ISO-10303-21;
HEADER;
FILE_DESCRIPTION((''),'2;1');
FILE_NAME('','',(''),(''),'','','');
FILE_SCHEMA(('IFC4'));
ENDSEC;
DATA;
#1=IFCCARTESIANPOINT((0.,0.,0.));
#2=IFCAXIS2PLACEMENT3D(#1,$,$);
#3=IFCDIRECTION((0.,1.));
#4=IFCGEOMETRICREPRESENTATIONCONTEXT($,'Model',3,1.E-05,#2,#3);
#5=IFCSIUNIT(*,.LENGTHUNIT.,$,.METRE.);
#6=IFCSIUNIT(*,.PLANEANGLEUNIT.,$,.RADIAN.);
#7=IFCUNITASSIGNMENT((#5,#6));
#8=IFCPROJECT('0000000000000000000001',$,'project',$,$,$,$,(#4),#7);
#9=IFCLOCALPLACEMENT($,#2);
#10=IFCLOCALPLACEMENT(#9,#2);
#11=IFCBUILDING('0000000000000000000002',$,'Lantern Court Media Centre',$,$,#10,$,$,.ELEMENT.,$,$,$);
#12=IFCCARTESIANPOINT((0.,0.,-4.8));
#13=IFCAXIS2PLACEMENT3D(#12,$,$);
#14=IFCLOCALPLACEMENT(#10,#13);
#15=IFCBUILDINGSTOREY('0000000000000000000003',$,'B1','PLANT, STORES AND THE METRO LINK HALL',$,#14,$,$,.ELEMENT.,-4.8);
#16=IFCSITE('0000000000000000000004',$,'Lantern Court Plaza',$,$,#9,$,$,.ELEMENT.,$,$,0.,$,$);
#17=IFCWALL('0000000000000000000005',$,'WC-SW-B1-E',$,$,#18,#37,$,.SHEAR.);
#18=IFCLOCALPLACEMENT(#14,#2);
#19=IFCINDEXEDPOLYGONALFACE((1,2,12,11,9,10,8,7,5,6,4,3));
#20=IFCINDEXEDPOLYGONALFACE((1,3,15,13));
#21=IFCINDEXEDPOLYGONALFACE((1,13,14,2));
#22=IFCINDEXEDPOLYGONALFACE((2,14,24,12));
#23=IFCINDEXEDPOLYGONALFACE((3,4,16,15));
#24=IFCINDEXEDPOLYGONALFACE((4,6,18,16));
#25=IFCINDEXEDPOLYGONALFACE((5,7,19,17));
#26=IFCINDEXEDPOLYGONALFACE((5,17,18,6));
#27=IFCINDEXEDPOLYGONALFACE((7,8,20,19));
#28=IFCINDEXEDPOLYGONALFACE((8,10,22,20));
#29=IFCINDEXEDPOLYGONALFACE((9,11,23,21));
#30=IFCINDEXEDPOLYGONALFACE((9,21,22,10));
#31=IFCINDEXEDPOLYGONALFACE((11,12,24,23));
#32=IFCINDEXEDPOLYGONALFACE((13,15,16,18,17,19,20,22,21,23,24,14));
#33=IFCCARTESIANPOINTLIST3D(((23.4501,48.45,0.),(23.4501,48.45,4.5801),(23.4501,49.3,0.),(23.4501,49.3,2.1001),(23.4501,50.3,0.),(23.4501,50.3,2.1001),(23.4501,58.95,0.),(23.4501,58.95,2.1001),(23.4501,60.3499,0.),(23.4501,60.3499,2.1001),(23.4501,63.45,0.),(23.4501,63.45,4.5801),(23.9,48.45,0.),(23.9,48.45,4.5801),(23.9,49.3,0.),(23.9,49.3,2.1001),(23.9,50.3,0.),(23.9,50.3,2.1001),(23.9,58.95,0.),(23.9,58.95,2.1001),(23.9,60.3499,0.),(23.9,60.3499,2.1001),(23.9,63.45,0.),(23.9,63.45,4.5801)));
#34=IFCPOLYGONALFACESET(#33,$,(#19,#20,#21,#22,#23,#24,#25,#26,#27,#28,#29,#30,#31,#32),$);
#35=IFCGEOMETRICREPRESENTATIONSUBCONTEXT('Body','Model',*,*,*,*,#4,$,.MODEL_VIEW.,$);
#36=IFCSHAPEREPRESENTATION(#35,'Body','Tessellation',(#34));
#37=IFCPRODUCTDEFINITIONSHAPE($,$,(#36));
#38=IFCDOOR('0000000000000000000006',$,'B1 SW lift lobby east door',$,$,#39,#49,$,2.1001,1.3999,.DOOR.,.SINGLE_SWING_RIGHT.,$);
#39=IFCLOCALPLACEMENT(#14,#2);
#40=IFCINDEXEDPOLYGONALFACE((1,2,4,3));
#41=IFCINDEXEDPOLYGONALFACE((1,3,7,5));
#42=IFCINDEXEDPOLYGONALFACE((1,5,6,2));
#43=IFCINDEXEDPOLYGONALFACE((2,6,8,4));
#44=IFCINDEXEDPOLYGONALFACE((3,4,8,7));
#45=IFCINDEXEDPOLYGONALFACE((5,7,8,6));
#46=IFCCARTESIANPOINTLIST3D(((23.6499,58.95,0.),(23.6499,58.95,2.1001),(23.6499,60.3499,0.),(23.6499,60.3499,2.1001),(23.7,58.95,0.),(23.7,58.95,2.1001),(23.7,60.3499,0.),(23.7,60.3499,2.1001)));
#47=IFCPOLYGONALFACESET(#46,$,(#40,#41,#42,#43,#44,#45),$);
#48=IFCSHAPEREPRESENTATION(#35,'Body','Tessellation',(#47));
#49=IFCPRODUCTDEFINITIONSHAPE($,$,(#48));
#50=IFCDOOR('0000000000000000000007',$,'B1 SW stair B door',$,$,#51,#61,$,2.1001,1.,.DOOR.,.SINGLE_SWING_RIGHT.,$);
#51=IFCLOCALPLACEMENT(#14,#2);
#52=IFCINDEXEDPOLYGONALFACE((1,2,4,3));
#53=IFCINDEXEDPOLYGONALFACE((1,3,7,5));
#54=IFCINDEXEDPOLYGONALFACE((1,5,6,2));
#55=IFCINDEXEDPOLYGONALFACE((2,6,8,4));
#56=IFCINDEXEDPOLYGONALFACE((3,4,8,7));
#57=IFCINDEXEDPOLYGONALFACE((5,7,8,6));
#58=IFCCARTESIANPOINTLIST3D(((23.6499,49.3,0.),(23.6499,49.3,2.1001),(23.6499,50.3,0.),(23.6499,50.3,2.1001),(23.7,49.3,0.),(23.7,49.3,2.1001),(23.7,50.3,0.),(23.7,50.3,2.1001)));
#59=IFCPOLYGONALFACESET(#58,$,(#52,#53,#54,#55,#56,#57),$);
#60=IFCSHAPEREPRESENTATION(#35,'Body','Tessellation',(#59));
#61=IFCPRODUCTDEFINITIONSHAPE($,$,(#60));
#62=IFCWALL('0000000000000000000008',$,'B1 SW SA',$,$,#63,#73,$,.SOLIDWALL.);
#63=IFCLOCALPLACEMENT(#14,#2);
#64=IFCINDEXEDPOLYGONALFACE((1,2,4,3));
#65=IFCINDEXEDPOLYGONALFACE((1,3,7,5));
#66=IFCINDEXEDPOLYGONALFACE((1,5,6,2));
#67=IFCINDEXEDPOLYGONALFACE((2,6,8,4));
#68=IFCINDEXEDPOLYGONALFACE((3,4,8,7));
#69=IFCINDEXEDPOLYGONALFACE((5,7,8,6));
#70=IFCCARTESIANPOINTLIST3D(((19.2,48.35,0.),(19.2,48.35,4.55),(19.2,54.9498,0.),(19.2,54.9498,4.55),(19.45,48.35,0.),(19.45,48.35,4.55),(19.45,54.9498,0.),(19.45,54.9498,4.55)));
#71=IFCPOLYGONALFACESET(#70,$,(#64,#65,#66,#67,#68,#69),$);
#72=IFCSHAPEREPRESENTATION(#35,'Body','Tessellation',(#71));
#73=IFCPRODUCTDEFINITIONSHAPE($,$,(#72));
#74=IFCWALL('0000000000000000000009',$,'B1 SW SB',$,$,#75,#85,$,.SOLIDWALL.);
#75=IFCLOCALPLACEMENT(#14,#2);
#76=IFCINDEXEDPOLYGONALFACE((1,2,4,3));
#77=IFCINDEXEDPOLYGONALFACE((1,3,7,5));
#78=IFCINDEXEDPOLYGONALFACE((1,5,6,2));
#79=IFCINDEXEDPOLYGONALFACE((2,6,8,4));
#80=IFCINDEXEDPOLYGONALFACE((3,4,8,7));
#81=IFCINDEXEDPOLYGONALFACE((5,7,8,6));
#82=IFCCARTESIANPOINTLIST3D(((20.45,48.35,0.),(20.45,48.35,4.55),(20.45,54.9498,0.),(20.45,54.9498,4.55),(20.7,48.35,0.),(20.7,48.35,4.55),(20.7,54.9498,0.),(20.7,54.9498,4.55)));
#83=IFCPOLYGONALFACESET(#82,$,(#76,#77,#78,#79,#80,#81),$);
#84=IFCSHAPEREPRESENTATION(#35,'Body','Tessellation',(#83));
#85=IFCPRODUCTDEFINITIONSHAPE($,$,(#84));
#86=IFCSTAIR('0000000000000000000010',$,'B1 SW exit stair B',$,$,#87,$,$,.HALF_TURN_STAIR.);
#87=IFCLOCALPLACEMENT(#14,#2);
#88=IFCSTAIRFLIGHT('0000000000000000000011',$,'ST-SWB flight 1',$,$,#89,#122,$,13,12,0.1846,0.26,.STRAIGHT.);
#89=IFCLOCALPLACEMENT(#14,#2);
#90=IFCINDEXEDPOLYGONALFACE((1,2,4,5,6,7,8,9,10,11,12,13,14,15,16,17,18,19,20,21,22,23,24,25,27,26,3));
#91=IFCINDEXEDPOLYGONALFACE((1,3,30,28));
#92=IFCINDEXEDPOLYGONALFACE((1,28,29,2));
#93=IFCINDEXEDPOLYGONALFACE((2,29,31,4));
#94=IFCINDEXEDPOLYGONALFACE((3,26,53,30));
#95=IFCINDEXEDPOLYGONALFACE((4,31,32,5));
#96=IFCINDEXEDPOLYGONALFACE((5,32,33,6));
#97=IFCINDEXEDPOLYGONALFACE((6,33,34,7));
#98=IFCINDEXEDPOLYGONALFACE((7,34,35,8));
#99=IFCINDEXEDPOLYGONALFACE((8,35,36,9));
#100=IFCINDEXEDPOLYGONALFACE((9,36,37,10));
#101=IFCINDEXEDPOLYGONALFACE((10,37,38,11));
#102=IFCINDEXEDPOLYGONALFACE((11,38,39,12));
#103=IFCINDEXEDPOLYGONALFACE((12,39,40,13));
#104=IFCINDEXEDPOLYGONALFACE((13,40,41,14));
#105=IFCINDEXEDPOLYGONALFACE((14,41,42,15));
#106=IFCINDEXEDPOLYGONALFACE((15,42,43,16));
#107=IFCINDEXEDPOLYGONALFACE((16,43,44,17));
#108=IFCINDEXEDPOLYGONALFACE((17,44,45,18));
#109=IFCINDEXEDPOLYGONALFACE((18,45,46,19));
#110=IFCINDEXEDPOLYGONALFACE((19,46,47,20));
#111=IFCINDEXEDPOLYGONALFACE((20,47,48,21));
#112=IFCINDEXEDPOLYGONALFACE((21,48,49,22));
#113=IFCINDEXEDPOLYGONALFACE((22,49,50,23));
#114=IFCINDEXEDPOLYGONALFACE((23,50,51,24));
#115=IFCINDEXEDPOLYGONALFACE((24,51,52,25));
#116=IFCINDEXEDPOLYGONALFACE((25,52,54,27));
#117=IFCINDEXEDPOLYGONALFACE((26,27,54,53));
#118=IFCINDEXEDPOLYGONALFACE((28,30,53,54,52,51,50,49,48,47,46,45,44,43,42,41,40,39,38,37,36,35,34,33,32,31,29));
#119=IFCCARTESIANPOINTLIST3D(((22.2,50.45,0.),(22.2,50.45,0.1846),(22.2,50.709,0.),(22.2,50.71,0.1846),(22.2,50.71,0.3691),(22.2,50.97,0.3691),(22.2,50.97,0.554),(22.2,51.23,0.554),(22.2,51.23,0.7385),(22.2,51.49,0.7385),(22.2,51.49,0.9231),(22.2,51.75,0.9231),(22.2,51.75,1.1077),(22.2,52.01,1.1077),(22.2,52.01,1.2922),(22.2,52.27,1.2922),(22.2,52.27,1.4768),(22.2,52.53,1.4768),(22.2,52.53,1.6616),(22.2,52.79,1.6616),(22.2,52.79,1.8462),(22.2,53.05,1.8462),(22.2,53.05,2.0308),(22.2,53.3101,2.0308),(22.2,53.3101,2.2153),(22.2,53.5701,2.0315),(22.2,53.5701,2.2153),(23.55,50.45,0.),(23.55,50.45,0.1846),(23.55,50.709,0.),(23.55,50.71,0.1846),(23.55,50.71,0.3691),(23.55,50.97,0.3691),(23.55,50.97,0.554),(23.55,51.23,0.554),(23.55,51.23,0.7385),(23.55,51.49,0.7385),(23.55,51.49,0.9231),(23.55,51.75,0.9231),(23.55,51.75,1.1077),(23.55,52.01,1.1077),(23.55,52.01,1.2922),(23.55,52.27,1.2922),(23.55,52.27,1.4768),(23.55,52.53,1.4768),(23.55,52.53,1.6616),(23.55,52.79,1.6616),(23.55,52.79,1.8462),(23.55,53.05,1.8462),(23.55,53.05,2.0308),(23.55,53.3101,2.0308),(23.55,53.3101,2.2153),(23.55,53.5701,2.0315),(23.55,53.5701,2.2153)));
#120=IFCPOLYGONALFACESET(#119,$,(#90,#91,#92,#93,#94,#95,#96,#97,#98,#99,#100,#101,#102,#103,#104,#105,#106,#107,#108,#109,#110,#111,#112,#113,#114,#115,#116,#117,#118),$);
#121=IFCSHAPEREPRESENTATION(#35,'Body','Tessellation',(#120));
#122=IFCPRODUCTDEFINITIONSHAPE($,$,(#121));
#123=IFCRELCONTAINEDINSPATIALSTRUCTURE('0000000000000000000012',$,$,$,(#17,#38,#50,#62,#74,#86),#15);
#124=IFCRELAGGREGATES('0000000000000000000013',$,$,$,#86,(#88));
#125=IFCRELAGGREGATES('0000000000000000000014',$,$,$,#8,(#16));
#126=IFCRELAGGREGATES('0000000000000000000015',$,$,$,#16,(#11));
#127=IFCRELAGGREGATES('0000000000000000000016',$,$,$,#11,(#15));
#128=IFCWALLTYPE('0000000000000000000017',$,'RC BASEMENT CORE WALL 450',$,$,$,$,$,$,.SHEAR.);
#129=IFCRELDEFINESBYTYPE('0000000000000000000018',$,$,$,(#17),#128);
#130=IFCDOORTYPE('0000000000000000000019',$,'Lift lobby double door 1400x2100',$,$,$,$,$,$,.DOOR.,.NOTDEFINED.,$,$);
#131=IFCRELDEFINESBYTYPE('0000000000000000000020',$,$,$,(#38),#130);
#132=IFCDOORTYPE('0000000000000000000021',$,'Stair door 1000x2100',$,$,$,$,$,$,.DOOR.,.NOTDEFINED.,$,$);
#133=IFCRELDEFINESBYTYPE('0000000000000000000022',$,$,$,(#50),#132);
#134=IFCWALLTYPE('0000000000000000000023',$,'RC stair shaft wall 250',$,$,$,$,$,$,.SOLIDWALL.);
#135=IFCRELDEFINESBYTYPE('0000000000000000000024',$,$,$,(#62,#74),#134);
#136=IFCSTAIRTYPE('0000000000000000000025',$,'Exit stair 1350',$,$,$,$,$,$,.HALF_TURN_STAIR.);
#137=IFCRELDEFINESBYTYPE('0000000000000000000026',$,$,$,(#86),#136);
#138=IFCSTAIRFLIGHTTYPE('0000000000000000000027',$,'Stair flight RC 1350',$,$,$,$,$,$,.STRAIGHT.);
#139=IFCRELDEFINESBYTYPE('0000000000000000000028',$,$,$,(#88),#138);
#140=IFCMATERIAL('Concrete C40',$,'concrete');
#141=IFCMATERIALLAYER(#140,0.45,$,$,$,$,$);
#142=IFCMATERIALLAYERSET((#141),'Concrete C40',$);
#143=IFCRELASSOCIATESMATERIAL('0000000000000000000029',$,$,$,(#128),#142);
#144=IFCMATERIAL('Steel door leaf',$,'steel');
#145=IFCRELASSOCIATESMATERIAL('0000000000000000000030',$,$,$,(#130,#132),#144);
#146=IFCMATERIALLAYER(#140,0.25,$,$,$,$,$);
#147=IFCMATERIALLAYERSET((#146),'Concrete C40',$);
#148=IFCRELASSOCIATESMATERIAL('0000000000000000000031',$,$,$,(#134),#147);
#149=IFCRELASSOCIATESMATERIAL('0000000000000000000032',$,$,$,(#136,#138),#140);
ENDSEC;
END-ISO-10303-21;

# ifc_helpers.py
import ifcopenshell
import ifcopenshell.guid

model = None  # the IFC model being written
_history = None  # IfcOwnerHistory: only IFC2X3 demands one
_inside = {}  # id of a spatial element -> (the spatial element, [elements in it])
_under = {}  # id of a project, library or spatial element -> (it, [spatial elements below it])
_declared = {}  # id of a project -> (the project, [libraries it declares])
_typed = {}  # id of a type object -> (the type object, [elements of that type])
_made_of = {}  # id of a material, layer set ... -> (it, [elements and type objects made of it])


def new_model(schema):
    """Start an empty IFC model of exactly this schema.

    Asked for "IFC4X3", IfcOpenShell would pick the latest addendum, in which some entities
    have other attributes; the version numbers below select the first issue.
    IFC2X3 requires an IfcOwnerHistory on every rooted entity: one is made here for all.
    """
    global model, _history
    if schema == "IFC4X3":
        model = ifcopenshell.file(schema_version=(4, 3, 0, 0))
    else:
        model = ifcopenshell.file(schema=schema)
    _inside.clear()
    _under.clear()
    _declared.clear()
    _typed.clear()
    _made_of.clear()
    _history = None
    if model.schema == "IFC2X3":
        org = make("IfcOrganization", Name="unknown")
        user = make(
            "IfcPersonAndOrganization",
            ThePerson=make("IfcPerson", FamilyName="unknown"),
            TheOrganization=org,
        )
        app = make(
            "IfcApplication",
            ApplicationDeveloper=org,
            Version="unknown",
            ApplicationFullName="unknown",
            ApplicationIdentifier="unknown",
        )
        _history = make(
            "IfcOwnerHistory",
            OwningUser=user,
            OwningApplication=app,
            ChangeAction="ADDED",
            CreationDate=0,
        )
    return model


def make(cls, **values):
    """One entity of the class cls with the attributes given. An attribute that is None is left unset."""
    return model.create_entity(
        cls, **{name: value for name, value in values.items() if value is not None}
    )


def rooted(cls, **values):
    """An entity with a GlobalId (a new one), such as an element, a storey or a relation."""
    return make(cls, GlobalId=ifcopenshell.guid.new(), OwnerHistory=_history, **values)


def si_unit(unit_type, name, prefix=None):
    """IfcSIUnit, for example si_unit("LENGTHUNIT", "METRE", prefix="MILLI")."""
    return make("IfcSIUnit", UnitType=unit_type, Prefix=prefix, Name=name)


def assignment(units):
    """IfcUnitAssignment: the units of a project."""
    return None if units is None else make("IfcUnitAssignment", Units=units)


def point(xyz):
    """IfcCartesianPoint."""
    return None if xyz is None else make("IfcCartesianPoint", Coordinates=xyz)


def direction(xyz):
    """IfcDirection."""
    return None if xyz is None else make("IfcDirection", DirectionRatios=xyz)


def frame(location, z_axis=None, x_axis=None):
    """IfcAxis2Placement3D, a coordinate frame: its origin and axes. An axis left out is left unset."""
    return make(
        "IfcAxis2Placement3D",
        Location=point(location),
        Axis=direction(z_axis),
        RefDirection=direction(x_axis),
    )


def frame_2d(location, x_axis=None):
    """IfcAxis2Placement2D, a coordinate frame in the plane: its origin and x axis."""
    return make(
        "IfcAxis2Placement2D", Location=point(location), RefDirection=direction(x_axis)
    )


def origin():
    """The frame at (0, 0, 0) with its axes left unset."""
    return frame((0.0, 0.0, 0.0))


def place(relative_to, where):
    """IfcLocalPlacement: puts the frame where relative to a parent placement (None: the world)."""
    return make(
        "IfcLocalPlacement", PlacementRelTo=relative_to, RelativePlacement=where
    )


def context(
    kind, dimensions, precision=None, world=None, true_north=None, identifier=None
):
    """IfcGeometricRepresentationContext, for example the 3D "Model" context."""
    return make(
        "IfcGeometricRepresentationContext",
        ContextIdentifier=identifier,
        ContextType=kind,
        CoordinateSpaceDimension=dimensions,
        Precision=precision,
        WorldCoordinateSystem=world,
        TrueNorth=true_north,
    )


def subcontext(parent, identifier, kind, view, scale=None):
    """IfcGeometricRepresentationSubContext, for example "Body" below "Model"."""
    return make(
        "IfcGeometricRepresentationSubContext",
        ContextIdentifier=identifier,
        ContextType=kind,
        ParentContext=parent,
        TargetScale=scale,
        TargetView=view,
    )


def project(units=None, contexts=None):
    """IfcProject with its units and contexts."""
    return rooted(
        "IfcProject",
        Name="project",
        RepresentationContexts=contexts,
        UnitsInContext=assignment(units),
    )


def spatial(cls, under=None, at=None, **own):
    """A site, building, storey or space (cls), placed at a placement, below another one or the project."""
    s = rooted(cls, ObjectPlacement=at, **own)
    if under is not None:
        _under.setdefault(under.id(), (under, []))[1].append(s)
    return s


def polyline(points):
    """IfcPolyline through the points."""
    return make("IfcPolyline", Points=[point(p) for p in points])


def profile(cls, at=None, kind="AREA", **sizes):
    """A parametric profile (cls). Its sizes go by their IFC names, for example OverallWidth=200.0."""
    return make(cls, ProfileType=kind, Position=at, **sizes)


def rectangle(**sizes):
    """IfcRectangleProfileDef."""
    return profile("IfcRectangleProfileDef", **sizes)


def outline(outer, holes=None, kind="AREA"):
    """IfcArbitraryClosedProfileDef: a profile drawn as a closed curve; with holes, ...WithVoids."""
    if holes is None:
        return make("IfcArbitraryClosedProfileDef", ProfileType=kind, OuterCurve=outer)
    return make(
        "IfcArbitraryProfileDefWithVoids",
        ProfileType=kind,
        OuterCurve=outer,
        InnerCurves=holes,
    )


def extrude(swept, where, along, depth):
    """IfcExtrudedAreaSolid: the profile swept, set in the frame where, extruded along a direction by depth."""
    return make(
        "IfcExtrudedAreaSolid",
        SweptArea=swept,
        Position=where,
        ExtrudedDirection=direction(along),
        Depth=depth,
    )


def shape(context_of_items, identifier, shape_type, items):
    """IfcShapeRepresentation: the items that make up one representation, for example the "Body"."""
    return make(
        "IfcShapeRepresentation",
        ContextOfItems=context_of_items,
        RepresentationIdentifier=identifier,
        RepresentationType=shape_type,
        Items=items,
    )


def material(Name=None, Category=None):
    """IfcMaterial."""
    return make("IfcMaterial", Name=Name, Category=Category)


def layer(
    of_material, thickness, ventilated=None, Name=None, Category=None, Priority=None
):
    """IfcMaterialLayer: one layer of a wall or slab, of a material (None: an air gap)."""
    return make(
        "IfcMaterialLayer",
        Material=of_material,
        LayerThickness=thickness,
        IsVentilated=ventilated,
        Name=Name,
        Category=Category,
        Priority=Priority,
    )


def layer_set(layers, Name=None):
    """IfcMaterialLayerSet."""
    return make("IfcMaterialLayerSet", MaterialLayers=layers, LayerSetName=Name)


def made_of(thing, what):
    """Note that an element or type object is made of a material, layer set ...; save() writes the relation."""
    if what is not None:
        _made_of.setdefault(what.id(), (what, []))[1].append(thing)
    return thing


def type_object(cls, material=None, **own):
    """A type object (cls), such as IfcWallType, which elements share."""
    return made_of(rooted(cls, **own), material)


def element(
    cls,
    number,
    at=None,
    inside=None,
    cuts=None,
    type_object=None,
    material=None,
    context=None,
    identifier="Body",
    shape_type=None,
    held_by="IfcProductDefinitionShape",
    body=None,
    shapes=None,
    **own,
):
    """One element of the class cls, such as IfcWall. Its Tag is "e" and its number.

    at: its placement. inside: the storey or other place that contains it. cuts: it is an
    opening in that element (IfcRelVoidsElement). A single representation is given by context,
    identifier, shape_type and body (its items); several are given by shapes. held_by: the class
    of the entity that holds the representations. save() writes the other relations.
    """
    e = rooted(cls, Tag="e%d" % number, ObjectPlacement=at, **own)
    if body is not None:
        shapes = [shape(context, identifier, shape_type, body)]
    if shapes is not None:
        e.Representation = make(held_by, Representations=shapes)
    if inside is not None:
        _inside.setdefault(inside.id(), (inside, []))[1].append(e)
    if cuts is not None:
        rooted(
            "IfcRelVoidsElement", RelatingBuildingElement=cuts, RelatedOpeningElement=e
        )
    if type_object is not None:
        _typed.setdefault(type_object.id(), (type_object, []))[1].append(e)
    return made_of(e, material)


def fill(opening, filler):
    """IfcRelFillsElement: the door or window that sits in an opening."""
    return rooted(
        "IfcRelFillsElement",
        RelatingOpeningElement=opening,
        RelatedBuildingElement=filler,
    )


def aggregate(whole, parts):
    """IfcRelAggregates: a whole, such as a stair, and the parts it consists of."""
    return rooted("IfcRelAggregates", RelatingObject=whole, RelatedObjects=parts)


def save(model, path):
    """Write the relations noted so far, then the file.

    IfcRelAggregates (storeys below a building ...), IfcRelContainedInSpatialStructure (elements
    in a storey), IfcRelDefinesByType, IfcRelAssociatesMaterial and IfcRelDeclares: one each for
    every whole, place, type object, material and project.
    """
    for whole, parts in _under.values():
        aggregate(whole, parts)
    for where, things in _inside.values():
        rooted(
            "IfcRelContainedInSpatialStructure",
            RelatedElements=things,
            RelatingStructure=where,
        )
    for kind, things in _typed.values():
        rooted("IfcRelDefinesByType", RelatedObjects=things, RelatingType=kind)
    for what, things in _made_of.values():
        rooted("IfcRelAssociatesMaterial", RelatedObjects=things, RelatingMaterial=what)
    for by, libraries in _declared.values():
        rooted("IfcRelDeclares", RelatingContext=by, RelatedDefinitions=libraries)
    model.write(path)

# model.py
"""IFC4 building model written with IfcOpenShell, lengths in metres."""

from ifc_helpers import new_model, si_unit, direction, frame, frame_2d, origin, place, context, subcontext, project, spatial, polyline, rectangle, outline, extrude, material, layer, layer_set, type_object, element, fill, aggregate, save


model = new_model("IFC4")

# Units and contexts
model_context = context("Model", 3, precision=1e-05, world=origin(), true_north=direction((0.0, 1.0)))
body_context = subcontext(model_context, "Body", "Model", "MODEL_VIEW")
ifc_project = project(units=[si_unit("LENGTHUNIT", "METRE"), si_unit("PLANEANGLEUNIT", "RADIAN")], contexts=[model_context])

# Site, building, storey
site_placement = place(None, origin())
site = spatial("IfcSite", under=ifc_project, at=site_placement, Name="Lantern Court Plaza", CompositionType="ELEMENT", RefElevation=0.0)
building_placement = place(site_placement, origin())
building = spatial("IfcBuilding", under=site, at=building_placement, Name="Lantern Court Media Centre", CompositionType="ELEMENT")
storey_placement = place(building_placement, frame((0.0, 0.0, -4.8)))
storey = spatial("IfcBuildingStorey", under=building, at=storey_placement, Name="B1", Description="PLANT, STORES AND THE METRO LINK HALL", CompositionType="ELEMENT", Elevation=-4.8)

# Shared definitions
ifc_material_1 = material(Name="Concrete C40", Category="concrete")

# Wall, openings, doors
ifc_layer_1 = layer(ifc_material_1, 0.45)
ifc_layer_set_1 = layer_set([ifc_layer_1], Name="Concrete C40")
wall_type_1 = type_object("IfcWallType", Name="RC BASEMENT CORE WALL 450", PredefinedType="SHEAR", material=ifc_layer_set_1)
wall_placement = place(storey_placement, frame((23.675, 48.45, 0.0), z_axis=(0.0, 0.0, 1.0), x_axis=(0.0, 1.0, 0.0)))
wall = element("IfcWall", 1, at=wall_placement, inside=storey, type_object=wall_type_1, Name="WC-SW-B1-E", PredefinedType="SHEAR", context=body_context, shape_type="SweptSolid", body=[
    extrude(rectangle(XDim=15.0, YDim=0.45, at=frame_2d((7.5, 0.0))), origin(), (0.0, 0.0, 1.0), 4.5801),
])
opening_1_placement = place(wall_placement, frame((0.8501, 0.0, 0.0)))
opening_1 = element("IfcOpeningElement", 2, at=opening_1_placement, cuts=wall, PredefinedType="OPENING", context=body_context, shape_type="SweptSolid", body=[
    extrude(rectangle(XDim=1.0, YDim=2.1001, at=frame_2d((0.5, 1.05))), frame((0.0, 0.2349, 0.0), z_axis=(0.0, -1.0, 0.0), x_axis=(1.0, 0.0, 0.0)), (0.0, 0.0, 1.0), 0.47),
])
opening_2_placement = place(wall_placement, frame((10.5, 0.0, 0.0)))
opening_2 = element("IfcOpeningElement", 3, at=opening_2_placement, cuts=wall, PredefinedType="OPENING", context=body_context, shape_type="SweptSolid", body=[
    extrude(rectangle(XDim=1.3999, YDim=2.1001, at=frame_2d((0.7, 1.05))), frame((0.0, 0.2349, 0.0), z_axis=(0.0, -1.0, 0.0), x_axis=(1.0, 0.0, 0.0)), (0.0, 0.0, 1.0), 0.47),
])
ifc_material_2 = material(Name="Steel door leaf", Category="steel")
door_type_1 = type_object("IfcDoorType", Name="Lift lobby double door 1400x2100", OperationType="NOTDEFINED", PredefinedType="DOOR", material=ifc_material_2)
door_1_placement = place(opening_2_placement, frame((1.3999, 0.0, 0.0), z_axis=(0.0, 0.0, 1.0), x_axis=(-1.0, 0.0, 0.0)))
door_1 = element("IfcDoor", 4, at=door_1_placement, inside=storey, type_object=door_type_1, Name="B1 SW lift lobby east door", OperationType="SINGLE_SWING_RIGHT", OverallHeight=2.1001, OverallWidth=1.3999, PredefinedType="DOOR", context=body_context, shape_type="SweptSolid", body=[
    extrude(rectangle(XDim=1.3999, YDim=2.1001, at=frame_2d((0.7, 1.05))), frame((0.0, 0.0249, 0.0), z_axis=(0.0, -1.0, 0.0), x_axis=(1.0, 0.0, 0.0)), (0.0, 0.0, 1.0), 0.05),
])
fill(opening_2, door_1)
door_type_2 = type_object("IfcDoorType", Name="Stair door 1000x2100", OperationType="NOTDEFINED", PredefinedType="DOOR", material=ifc_material_2)
door_2_placement = place(opening_1_placement, frame((1.0, 0.0, 0.0), z_axis=(0.0, 0.0, 1.0), x_axis=(-1.0, 0.0, 0.0)))
door_2 = element("IfcDoor", 5, at=door_2_placement, inside=storey, type_object=door_type_2, Name="B1 SW stair B door", OperationType="SINGLE_SWING_RIGHT", OverallHeight=2.1001, OverallWidth=1.0, PredefinedType="DOOR", context=body_context, shape_type="SweptSolid", body=[
    extrude(rectangle(XDim=1.0, YDim=2.1001, at=frame_2d((0.5, 1.05))), frame((0.0, 0.0249, 0.0), z_axis=(0.0, -1.0, 0.0), x_axis=(1.0, 0.0, 0.0)), (0.0, 0.0, 1.0), 0.05),
])
fill(opening_1, door_2)

# Walls
ifc_layer_2 = layer(ifc_material_1, 0.25)
ifc_layer_set_2 = layer_set([ifc_layer_2], Name="Concrete C40")
wall_type_2 = type_object("IfcWallType", Name="RC stair shaft wall 250", PredefinedType="SOLIDWALL", material=ifc_layer_set_2)
for number, where, z_axis, x_axis, name in (
    (6, (19.325, 48.3501, 0.0), (0.0, 0.0, 1.0), (0.0, 1.0, 0.0), "B1 SW SA"),
    (7, (20.575, 48.3501, 0.0), (0.0, 0.0, 1.0), (0.0, 1.0, 0.0), "B1 SW SB"),
):
    element("IfcWall", number, at=place(storey_placement, frame(where, z_axis=z_axis, x_axis=x_axis)), inside=storey, type_object=wall_type_2, Name=name, PredefinedType="SOLIDWALL", context=body_context, shape_type="SweptSolid", body=[
        extrude(rectangle(XDim=6.5999, YDim=0.25, at=frame_2d((3.2998, 0.0))), origin(), (0.0, 0.0, 1.0), 4.55),
    ])

# Stair, stair flight
stair_type = type_object("IfcStairType", Name="Exit stair 1350", PredefinedType="HALF_TURN_STAIR", material=ifc_material_1)
stair_placement = place(storey_placement, origin())
stair = element("IfcStair", 8, at=stair_placement, inside=storey, type_object=stair_type, Name="B1 SW exit stair B", PredefinedType="HALF_TURN_STAIR")
stair_flight_type = type_object("IfcStairFlightType", Name="Stair flight RC 1350", PredefinedType="STRAIGHT", material=ifc_material_1)
stair_flight_placement = place(storey_placement, frame((22.875, 50.45, 0.0), z_axis=(0.0, 0.0, 1.0), x_axis=(0.0, 1.0, 0.0)))
stair_flight = element("IfcStairFlight", 9, at=stair_flight_placement, type_object=stair_flight_type, Name="ST-SWB flight 1", NumberOfRisers=13, NumberOfTreads=12, PredefinedType="STRAIGHT", RiserHeight=0.1846, TreadLength=0.26, context=body_context, shape_type="SweptSolid", body=[
    extrude(outline(polyline([(0.0, 0.0), (0.0, 0.1846), (0.26, 0.1846), (0.26, 0.3691), (0.52, 0.3691), (0.52, 0.554), (0.78, 0.554), (0.78, 0.7385), (1.04, 0.7385), (1.04, 0.9231), (1.3, 0.9231), (1.3, 1.1077), (1.5601, 1.1077), (1.5601, 1.2922), (1.8201, 1.2922), (1.8201, 1.4768), (2.0801, 1.4768), (2.0801, 1.6616), (2.3401, 1.6616), (2.3401, 1.8462), (2.6001, 1.8462), (2.6001, 2.0308), (2.8601, 2.0308), (2.8601, 2.2153), (3.1201, 2.2153), (3.1201, 2.3999), (3.1201, 2.0315), (0.259, 0.0), (0.0, 0.0)])), frame((0.0, 0.675, 0.0), z_axis=(0.0, -1.0, 0.0), x_axis=(1.0, 0.0, 0.0)), (0.0, 0.0, 1.0), 1.3501),
])
aggregate(stair, [stair_flight])

save(model, "model.ifc")
